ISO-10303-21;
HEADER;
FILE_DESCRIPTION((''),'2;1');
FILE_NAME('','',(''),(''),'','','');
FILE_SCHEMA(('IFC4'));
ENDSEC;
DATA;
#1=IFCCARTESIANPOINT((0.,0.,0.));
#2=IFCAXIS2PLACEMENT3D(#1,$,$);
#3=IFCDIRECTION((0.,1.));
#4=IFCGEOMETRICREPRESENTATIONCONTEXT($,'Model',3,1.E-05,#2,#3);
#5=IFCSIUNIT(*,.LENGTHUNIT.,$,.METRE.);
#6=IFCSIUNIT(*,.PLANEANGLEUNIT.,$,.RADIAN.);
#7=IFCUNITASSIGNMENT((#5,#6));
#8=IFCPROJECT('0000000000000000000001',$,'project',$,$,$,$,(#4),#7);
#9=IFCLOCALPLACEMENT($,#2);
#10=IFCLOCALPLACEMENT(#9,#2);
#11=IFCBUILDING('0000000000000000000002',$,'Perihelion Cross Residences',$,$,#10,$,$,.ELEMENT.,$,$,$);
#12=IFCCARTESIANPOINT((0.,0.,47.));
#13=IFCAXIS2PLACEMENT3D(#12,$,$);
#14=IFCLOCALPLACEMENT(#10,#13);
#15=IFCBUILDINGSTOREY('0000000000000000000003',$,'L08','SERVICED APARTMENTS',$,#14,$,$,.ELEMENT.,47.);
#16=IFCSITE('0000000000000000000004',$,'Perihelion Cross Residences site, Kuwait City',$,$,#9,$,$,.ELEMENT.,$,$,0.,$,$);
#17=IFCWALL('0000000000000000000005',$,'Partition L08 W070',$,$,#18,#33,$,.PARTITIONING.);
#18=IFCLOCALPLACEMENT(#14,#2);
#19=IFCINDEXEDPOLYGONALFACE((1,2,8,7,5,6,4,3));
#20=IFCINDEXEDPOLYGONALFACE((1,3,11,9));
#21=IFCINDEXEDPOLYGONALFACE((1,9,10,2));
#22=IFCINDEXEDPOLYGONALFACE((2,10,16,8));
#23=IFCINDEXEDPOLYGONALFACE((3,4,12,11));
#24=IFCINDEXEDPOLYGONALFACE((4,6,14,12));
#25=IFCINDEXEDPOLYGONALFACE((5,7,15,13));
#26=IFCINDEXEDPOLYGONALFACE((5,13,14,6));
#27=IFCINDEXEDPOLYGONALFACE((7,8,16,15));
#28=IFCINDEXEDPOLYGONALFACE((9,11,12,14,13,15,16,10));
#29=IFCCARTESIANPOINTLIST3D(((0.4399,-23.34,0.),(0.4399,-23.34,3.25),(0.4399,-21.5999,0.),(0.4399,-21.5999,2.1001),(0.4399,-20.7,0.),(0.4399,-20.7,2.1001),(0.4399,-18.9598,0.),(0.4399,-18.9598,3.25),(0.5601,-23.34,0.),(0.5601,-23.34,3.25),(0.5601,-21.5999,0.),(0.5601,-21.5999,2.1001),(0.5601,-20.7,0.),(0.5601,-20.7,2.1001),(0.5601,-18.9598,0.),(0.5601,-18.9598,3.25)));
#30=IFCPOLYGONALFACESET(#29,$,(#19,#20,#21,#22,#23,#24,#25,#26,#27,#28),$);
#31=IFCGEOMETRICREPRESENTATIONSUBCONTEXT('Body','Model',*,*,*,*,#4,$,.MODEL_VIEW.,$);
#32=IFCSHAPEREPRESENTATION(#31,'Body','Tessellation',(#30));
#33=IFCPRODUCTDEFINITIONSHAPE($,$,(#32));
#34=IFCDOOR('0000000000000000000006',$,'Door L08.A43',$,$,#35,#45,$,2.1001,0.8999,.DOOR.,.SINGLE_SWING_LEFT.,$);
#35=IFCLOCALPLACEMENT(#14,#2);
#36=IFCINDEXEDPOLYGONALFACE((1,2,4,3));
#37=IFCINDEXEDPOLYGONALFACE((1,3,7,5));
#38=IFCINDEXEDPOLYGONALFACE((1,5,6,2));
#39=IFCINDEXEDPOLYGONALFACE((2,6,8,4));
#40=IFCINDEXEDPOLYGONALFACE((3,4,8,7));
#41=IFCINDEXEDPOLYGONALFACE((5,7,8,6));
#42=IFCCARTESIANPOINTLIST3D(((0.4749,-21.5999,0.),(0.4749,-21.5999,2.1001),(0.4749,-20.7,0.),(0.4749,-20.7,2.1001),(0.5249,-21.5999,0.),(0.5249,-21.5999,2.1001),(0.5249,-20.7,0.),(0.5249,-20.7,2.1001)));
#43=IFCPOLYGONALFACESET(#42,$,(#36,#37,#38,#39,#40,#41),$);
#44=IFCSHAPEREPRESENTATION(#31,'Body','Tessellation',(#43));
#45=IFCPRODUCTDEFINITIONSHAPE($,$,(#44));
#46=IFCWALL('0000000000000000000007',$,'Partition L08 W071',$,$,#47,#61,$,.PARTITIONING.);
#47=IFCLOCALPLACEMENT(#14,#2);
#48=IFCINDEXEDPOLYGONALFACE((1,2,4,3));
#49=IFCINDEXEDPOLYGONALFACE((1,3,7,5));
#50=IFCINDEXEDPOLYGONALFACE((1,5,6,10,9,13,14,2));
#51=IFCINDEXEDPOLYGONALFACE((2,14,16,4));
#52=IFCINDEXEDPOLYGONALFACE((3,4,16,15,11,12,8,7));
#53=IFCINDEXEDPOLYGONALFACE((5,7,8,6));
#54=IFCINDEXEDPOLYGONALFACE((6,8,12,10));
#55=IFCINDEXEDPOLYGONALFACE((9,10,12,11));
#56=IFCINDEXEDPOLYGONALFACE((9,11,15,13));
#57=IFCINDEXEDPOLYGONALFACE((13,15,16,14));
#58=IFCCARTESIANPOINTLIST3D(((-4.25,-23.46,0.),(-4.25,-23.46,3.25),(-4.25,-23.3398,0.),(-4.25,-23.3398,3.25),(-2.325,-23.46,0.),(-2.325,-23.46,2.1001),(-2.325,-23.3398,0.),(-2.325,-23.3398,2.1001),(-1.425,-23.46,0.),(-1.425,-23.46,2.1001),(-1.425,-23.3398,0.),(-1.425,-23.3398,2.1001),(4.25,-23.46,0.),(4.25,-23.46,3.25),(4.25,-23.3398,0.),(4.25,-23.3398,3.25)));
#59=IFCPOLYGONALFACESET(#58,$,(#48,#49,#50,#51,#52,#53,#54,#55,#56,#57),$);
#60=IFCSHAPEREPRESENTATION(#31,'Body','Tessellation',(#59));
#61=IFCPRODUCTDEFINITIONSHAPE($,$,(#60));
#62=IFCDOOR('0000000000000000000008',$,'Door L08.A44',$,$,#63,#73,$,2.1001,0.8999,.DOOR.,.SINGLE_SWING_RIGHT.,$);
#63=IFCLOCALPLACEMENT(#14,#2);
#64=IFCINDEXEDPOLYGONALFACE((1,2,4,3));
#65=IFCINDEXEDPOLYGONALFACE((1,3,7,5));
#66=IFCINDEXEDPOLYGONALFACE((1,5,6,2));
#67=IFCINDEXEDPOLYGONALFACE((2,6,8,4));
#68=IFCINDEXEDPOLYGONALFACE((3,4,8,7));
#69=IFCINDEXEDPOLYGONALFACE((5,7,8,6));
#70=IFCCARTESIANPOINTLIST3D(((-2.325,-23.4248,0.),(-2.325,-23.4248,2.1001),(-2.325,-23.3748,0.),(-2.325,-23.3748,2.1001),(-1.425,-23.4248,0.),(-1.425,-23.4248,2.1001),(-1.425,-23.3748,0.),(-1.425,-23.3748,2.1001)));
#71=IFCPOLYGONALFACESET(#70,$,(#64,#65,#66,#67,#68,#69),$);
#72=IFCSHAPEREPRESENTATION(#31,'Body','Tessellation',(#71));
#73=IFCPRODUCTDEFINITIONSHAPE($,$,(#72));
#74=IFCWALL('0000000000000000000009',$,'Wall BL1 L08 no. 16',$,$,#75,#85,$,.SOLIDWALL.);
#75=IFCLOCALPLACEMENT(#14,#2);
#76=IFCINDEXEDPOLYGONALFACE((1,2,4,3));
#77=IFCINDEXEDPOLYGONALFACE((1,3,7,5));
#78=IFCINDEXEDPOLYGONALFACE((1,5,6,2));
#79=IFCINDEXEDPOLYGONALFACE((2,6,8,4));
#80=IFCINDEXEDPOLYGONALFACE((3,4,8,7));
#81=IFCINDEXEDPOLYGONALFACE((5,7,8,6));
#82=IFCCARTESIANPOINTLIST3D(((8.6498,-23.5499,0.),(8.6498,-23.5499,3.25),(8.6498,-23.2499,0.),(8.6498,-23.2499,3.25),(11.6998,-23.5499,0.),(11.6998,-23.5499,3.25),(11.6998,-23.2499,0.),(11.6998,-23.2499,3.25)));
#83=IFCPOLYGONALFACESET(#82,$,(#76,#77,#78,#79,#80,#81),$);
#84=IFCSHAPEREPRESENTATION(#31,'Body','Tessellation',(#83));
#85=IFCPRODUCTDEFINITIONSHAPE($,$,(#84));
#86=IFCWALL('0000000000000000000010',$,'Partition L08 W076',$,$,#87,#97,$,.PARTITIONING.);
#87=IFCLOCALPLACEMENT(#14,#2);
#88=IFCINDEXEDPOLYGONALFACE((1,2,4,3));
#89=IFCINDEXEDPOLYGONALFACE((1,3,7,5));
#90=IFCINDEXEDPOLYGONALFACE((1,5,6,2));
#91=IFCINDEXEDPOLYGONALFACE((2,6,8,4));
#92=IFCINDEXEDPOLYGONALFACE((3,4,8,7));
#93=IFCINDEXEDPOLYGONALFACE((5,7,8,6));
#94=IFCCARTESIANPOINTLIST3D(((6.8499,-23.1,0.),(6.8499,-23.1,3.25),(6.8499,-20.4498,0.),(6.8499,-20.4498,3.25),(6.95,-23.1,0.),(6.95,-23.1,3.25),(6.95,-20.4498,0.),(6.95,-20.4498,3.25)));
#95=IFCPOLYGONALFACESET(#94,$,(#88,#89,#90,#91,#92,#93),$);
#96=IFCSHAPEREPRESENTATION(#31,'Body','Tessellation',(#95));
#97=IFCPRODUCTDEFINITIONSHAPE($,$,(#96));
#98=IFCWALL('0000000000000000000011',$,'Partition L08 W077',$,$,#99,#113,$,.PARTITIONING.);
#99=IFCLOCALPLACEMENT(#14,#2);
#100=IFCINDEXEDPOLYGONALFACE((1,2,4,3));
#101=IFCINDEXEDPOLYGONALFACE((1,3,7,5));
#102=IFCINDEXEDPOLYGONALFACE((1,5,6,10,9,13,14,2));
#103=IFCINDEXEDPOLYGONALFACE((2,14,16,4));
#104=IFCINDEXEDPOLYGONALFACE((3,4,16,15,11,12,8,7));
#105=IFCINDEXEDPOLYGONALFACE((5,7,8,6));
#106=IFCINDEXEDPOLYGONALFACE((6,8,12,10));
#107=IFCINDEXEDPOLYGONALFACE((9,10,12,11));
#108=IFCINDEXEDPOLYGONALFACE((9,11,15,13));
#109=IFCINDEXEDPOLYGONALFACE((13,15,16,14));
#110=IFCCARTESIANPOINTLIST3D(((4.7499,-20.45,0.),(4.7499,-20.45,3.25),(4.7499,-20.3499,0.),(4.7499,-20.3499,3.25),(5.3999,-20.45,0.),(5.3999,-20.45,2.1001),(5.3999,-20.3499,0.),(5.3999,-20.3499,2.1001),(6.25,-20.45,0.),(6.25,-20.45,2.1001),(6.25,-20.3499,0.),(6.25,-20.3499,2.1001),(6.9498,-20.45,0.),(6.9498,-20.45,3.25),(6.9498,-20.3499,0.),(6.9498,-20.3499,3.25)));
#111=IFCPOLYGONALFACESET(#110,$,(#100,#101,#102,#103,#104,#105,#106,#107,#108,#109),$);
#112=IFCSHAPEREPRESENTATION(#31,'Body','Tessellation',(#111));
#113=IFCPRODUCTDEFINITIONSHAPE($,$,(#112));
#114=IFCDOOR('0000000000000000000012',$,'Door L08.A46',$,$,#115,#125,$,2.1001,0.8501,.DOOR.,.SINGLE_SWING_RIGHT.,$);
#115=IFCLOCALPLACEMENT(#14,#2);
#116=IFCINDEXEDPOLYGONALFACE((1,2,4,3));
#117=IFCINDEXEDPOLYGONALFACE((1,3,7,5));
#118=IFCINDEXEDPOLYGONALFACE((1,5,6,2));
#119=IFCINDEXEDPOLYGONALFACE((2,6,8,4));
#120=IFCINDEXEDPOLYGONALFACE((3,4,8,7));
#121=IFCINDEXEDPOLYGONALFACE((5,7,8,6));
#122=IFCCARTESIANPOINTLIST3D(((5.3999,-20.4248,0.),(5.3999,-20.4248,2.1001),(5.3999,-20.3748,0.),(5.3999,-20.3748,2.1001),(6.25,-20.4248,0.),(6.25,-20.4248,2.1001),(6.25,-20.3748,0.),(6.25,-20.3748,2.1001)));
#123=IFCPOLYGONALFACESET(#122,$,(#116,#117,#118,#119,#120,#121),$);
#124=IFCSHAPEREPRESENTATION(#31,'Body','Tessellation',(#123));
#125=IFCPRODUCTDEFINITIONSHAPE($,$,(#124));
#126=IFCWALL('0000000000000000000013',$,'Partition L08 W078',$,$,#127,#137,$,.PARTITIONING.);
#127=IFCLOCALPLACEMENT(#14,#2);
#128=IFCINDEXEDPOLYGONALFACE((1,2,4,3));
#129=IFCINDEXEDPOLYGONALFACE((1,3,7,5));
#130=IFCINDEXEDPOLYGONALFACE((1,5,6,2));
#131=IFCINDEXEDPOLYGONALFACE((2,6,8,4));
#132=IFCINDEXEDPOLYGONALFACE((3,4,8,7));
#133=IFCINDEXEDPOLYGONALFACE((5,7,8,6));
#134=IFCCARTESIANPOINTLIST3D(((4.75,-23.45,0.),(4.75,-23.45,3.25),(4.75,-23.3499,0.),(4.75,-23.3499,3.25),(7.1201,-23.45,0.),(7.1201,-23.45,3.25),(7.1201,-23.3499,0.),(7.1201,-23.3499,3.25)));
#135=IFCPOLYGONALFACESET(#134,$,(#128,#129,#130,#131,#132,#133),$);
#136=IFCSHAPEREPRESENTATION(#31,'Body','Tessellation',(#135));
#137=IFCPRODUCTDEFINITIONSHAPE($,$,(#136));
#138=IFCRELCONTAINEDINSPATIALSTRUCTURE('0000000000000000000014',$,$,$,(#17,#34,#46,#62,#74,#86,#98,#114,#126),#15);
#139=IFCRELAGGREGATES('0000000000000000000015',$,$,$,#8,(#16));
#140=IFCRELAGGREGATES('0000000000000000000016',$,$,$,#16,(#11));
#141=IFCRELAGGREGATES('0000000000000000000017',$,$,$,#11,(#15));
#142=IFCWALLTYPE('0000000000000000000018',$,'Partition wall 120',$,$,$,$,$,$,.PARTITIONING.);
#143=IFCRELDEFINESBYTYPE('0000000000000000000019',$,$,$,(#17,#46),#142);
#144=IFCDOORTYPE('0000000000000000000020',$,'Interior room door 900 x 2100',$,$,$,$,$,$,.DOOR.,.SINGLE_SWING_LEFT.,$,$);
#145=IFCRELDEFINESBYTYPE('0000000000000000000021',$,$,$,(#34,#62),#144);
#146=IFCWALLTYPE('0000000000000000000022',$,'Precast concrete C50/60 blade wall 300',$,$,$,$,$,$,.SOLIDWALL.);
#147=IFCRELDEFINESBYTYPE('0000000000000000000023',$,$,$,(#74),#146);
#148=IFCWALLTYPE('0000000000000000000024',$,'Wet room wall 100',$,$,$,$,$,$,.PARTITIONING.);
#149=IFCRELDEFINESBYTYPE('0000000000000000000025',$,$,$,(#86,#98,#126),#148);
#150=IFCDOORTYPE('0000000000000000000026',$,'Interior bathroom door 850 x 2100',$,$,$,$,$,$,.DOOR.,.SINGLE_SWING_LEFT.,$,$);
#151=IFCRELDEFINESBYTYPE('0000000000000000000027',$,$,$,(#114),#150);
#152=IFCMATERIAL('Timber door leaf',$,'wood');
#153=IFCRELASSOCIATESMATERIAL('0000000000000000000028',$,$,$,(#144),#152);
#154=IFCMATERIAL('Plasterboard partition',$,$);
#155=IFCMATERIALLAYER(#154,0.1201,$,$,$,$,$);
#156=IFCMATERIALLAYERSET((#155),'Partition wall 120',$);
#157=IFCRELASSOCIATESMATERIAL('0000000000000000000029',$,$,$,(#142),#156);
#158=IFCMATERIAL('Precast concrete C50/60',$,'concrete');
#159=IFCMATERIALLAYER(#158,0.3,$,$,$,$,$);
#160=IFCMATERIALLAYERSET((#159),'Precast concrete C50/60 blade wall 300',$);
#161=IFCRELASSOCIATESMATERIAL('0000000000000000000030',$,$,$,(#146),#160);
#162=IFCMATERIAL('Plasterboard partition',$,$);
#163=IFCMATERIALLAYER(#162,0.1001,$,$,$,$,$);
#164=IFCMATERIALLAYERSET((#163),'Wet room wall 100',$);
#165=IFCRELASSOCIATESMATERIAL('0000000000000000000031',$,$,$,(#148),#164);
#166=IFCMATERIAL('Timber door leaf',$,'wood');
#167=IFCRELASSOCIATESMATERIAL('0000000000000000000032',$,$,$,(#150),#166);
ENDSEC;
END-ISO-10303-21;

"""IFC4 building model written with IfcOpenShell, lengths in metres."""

from ifc_helpers import new_model, si_unit, direction, frame, frame_2d, origin, place, context, subcontext, project, spatial, rectangle, extrude, material, layer, layer_set, type_object, element, fill, save


model = new_model("IFC4")

# Units and contexts
model_context = context("Model", 3, precision=1e-05, world=origin(), true_north=direction((0.0, 1.0)))
body_context = subcontext(model_context, "Body", "Model", "MODEL_VIEW")
ifc_project = project(units=[si_unit("LENGTHUNIT", "METRE"), si_unit("PLANEANGLEUNIT", "RADIAN")], contexts=[model_context])

# Site, building, storey
site_placement = place(None, origin())
site = spatial("IfcSite", under=ifc_project, at=site_placement, Name="Perihelion Cross Residences site, Kuwait City", CompositionType="ELEMENT", RefElevation=0.0)
building_placement = place(site_placement, origin())
building = spatial("IfcBuilding", under=site, at=building_placement, Name="Perihelion Cross Residences", CompositionType="ELEMENT")
storey_placement = place(building_placement, frame((0.0, 0.0, 47.0)))
storey = spatial("IfcBuildingStorey", under=building, at=storey_placement, Name="L08", Description="SERVICED APARTMENTS", CompositionType="ELEMENT", Elevation=47.0)

# Walls, openings, doors
ifc_material_1 = material(Name="Timber door leaf", Category="wood")
door_type_1 = type_object("IfcDoorType", Name="Interior room door 900 x 2100", OperationType="SINGLE_SWING_LEFT", PredefinedType="DOOR", material=ifc_material_1)
ifc_material_2 = material(Name="Plasterboard partition")
ifc_layer_1 = layer(ifc_material_2, 0.1201)
ifc_layer_set_1 = layer_set([ifc_layer_1], Name="Partition wall 120")
wall_type_1 = type_object("IfcWallType", Name="Partition wall 120", PredefinedType="PARTITIONING", material=ifc_layer_set_1)
wall_1_placement = place(storey_placement, frame((0.5, -18.96, 0.0), z_axis=(0.0, 0.0, 1.0), x_axis=(0.0, -1.0, 0.0)))
wall_1 = element("IfcWall", 1, at=wall_1_placement, inside=storey, type_object=wall_type_1, Name="Partition L08 W070", PredefinedType="PARTITIONING", context=body_context, shape_type="SweptSolid", body=[
    extrude(rectangle(XDim=4.3801, YDim=0.1201, at=frame_2d((2.1899, 0.0))), origin(), (0.0, 0.0, 1.0), 3.25),
])
opening_1_placement = place(wall_1_placement, frame((1.74, 0.0, 0.0)))
opening_1 = element("IfcOpeningElement", 2, at=opening_1_placement, cuts=wall_1, PredefinedType="OPENING", context=body_context, shape_type="SweptSolid", body=[
    extrude(rectangle(XDim=0.8999, YDim=2.1001, at=frame_2d((0.45, 1.05))), frame((0.0, 0.0701, 0.0), z_axis=(0.0, -1.0, 0.0), x_axis=(1.0, 0.0, 0.0)), (0.0, 0.0, 1.0), 0.1401),
])
door_1_placement = place(opening_1_placement, origin())
door_1 = element("IfcDoor", 3, at=door_1_placement, inside=storey, type_object=door_type_1, Name="Door L08.A43", OperationType="SINGLE_SWING_LEFT", OverallHeight=2.1001, OverallWidth=0.8999, PredefinedType="DOOR", context=body_context, shape_type="SweptSolid", body=[
    extrude(rectangle(XDim=0.8999, YDim=2.1001, at=frame_2d((0.45, 1.05))), frame((0.0, 0.0249, 0.0), z_axis=(0.0, -1.0, 0.0), x_axis=(1.0, 0.0, 0.0)), (0.0, 0.0, 1.0), 0.05),
])
fill(opening_1, door_1)
wall_2_placement = place(storey_placement, frame((4.25, -23.3999, 0.0), z_axis=(0.0, 0.0, 1.0), x_axis=(-1.0, 0.0, 0.0)))
wall_2 = element("IfcWall", 4, at=wall_2_placement, inside=storey, type_object=wall_type_1, Name="Partition L08 W071", PredefinedType="PARTITIONING", context=body_context, shape_type="SweptSolid", body=[
    extrude(rectangle(XDim=8.5, YDim=0.1201, at=frame_2d((4.25, 0.0))), origin(), (0.0, 0.0, 1.0), 3.25),
])
opening_2_placement = place(wall_2_placement, frame((5.675, 0.0, 0.0)))
opening_2 = element("IfcOpeningElement", 5, at=opening_2_placement, cuts=wall_2, PredefinedType="OPENING", context=body_context, shape_type="SweptSolid", body=[
    extrude(rectangle(XDim=0.8999, YDim=2.1001, at=frame_2d((0.45, 1.05))), frame((0.0, 0.0701, 0.0), z_axis=(0.0, -1.0, 0.0), x_axis=(1.0, 0.0, 0.0)), (0.0, 0.0, 1.0), 0.1401),
])
door_2_placement = place(opening_2_placement, origin())
door_2 = element("IfcDoor", 6, at=door_2_placement, inside=storey, type_object=door_type_1, Name="Door L08.A44", OperationType="SINGLE_SWING_RIGHT", OverallHeight=2.1001, OverallWidth=0.8999, PredefinedType="DOOR", context=body_context, shape_type="SweptSolid", body=[
    extrude(rectangle(XDim=0.8999, YDim=2.1001, at=frame_2d((0.45, 1.05))), frame((0.0, 0.0249, 0.0), z_axis=(0.0, -1.0, 0.0), x_axis=(1.0, 0.0, 0.0)), (0.0, 0.0, 1.0), 0.05),
])
fill(opening_2, door_2)

# Walls
ifc_material_3 = material(Name="Precast concrete C50/60", Category="concrete")
ifc_layer_2 = layer(ifc_material_3, 0.3)
ifc_layer_set_2 = layer_set([ifc_layer_2], Name="Precast concrete C50/60 blade wall 300")
wall_type_2 = type_object("IfcWallType", Name="Precast concrete C50/60 blade wall 300", PredefinedType="SOLIDWALL", material=ifc_layer_set_2)
wall_3_placement = place(storey_placement, frame((8.6499, -23.3999, 0.0), z_axis=(0.0, 0.0, 1.0), x_axis=(1.0, 0.0, 0.0)))
element("IfcWall", 7, at=wall_3_placement, inside=storey, type_object=wall_type_2, Name="Wall BL1 L08 no. 16", PredefinedType="SOLIDWALL", context=body_context, shape_type="SweptSolid", body=[
    extrude(rectangle(XDim=3.05, YDim=0.3, at=frame_2d((1.5249, 0.0))), origin(), (0.0, 0.0, 1.0), 3.25),
])
ifc_material_4 = material(Name="Plasterboard partition")
ifc_layer_3 = layer(ifc_material_4, 0.1001)
ifc_layer_set_3 = layer_set([ifc_layer_3], Name="Wet room wall 100")
wall_type_3 = type_object("IfcWallType", Name="Wet room wall 100", PredefinedType="PARTITIONING", material=ifc_layer_set_3)
wall_4_placement = place(storey_placement, frame((6.8999, -23.1001, 0.0), z_axis=(0.0, 0.0, 1.0), x_axis=(0.0, 1.0, 0.0)))
element("IfcWall", 8, at=wall_4_placement, inside=storey, type_object=wall_type_3, Name="Partition L08 W076", PredefinedType="PARTITIONING", context=body_context, shape_type="SweptSolid", body=[
    extrude(rectangle(XDim=2.6501, YDim=0.1001, at=frame_2d((1.3252, 0.0))), origin(), (0.0, 0.0, 1.0), 3.25),
])

# Wall, opening, door
wall_5_placement = place(storey_placement, frame((6.95, -20.3999, 0.0), z_axis=(0.0, 0.0, 1.0), x_axis=(-1.0, 0.0, 0.0)))
wall_5 = element("IfcWall", 9, at=wall_5_placement, inside=storey, type_object=wall_type_3, Name="Partition L08 W077", PredefinedType="PARTITIONING", context=body_context, shape_type="SweptSolid", body=[
    extrude(rectangle(XDim=2.2, YDim=0.1001, at=frame_2d((1.1001, 0.0))), origin(), (0.0, 0.0, 1.0), 3.25),
])
opening_3_placement = place(wall_5_placement, frame((0.7, 0.0, 0.0)))
opening_3 = element("IfcOpeningElement", 10, at=opening_3_placement, cuts=wall_5, PredefinedType="OPENING", context=body_context, shape_type="SweptSolid", body=[
    extrude(rectangle(XDim=0.8501, YDim=2.1001, at=frame_2d((0.425, 1.05))), frame((0.0, 0.0601, 0.0), z_axis=(0.0, -1.0, 0.0), x_axis=(1.0, 0.0, 0.0)), (0.0, 0.0, 1.0), 0.1201),
])
ifc_material_5 = material(Name="Timber door leaf", Category="wood")
door_type_2 = type_object("IfcDoorType", Name="Interior bathroom door 850 x 2100", OperationType="SINGLE_SWING_LEFT", PredefinedType="DOOR", material=ifc_material_5)
door_3_placement = place(opening_3_placement, origin())
door_3 = element("IfcDoor", 11, at=door_3_placement, inside=storey, type_object=door_type_2, Name="Door L08.A46", OperationType="SINGLE_SWING_RIGHT", OverallHeight=2.1001, OverallWidth=0.8501, PredefinedType="DOOR", context=body_context, shape_type="SweptSolid", body=[
    extrude(rectangle(XDim=0.8501, YDim=2.1001, at=frame_2d((0.425, 1.05))), frame((0.0, 0.0249, 0.0), z_axis=(0.0, -1.0, 0.0), x_axis=(1.0, 0.0, 0.0)), (0.0, 0.0, 1.0), 0.05),
])
fill(opening_3, door_3)

# Wall
wall_6_placement = place(storey_placement, frame((7.1201, -23.3999, 0.0), z_axis=(0.0, 0.0, 1.0), x_axis=(-1.0, 0.0, 0.0)))
element("IfcWall", 12, at=wall_6_placement, inside=storey, type_object=wall_type_3, Name="Partition L08 W078", PredefinedType="PARTITIONING", context=body_context, shape_type="SweptSolid", body=[
    extrude(rectangle(XDim=2.3701, YDim=0.1001, at=frame_2d((1.1851, 0.0))), origin(), (0.0, 0.0, 1.0), 3.25),
])

save(model, "model.ifc")
